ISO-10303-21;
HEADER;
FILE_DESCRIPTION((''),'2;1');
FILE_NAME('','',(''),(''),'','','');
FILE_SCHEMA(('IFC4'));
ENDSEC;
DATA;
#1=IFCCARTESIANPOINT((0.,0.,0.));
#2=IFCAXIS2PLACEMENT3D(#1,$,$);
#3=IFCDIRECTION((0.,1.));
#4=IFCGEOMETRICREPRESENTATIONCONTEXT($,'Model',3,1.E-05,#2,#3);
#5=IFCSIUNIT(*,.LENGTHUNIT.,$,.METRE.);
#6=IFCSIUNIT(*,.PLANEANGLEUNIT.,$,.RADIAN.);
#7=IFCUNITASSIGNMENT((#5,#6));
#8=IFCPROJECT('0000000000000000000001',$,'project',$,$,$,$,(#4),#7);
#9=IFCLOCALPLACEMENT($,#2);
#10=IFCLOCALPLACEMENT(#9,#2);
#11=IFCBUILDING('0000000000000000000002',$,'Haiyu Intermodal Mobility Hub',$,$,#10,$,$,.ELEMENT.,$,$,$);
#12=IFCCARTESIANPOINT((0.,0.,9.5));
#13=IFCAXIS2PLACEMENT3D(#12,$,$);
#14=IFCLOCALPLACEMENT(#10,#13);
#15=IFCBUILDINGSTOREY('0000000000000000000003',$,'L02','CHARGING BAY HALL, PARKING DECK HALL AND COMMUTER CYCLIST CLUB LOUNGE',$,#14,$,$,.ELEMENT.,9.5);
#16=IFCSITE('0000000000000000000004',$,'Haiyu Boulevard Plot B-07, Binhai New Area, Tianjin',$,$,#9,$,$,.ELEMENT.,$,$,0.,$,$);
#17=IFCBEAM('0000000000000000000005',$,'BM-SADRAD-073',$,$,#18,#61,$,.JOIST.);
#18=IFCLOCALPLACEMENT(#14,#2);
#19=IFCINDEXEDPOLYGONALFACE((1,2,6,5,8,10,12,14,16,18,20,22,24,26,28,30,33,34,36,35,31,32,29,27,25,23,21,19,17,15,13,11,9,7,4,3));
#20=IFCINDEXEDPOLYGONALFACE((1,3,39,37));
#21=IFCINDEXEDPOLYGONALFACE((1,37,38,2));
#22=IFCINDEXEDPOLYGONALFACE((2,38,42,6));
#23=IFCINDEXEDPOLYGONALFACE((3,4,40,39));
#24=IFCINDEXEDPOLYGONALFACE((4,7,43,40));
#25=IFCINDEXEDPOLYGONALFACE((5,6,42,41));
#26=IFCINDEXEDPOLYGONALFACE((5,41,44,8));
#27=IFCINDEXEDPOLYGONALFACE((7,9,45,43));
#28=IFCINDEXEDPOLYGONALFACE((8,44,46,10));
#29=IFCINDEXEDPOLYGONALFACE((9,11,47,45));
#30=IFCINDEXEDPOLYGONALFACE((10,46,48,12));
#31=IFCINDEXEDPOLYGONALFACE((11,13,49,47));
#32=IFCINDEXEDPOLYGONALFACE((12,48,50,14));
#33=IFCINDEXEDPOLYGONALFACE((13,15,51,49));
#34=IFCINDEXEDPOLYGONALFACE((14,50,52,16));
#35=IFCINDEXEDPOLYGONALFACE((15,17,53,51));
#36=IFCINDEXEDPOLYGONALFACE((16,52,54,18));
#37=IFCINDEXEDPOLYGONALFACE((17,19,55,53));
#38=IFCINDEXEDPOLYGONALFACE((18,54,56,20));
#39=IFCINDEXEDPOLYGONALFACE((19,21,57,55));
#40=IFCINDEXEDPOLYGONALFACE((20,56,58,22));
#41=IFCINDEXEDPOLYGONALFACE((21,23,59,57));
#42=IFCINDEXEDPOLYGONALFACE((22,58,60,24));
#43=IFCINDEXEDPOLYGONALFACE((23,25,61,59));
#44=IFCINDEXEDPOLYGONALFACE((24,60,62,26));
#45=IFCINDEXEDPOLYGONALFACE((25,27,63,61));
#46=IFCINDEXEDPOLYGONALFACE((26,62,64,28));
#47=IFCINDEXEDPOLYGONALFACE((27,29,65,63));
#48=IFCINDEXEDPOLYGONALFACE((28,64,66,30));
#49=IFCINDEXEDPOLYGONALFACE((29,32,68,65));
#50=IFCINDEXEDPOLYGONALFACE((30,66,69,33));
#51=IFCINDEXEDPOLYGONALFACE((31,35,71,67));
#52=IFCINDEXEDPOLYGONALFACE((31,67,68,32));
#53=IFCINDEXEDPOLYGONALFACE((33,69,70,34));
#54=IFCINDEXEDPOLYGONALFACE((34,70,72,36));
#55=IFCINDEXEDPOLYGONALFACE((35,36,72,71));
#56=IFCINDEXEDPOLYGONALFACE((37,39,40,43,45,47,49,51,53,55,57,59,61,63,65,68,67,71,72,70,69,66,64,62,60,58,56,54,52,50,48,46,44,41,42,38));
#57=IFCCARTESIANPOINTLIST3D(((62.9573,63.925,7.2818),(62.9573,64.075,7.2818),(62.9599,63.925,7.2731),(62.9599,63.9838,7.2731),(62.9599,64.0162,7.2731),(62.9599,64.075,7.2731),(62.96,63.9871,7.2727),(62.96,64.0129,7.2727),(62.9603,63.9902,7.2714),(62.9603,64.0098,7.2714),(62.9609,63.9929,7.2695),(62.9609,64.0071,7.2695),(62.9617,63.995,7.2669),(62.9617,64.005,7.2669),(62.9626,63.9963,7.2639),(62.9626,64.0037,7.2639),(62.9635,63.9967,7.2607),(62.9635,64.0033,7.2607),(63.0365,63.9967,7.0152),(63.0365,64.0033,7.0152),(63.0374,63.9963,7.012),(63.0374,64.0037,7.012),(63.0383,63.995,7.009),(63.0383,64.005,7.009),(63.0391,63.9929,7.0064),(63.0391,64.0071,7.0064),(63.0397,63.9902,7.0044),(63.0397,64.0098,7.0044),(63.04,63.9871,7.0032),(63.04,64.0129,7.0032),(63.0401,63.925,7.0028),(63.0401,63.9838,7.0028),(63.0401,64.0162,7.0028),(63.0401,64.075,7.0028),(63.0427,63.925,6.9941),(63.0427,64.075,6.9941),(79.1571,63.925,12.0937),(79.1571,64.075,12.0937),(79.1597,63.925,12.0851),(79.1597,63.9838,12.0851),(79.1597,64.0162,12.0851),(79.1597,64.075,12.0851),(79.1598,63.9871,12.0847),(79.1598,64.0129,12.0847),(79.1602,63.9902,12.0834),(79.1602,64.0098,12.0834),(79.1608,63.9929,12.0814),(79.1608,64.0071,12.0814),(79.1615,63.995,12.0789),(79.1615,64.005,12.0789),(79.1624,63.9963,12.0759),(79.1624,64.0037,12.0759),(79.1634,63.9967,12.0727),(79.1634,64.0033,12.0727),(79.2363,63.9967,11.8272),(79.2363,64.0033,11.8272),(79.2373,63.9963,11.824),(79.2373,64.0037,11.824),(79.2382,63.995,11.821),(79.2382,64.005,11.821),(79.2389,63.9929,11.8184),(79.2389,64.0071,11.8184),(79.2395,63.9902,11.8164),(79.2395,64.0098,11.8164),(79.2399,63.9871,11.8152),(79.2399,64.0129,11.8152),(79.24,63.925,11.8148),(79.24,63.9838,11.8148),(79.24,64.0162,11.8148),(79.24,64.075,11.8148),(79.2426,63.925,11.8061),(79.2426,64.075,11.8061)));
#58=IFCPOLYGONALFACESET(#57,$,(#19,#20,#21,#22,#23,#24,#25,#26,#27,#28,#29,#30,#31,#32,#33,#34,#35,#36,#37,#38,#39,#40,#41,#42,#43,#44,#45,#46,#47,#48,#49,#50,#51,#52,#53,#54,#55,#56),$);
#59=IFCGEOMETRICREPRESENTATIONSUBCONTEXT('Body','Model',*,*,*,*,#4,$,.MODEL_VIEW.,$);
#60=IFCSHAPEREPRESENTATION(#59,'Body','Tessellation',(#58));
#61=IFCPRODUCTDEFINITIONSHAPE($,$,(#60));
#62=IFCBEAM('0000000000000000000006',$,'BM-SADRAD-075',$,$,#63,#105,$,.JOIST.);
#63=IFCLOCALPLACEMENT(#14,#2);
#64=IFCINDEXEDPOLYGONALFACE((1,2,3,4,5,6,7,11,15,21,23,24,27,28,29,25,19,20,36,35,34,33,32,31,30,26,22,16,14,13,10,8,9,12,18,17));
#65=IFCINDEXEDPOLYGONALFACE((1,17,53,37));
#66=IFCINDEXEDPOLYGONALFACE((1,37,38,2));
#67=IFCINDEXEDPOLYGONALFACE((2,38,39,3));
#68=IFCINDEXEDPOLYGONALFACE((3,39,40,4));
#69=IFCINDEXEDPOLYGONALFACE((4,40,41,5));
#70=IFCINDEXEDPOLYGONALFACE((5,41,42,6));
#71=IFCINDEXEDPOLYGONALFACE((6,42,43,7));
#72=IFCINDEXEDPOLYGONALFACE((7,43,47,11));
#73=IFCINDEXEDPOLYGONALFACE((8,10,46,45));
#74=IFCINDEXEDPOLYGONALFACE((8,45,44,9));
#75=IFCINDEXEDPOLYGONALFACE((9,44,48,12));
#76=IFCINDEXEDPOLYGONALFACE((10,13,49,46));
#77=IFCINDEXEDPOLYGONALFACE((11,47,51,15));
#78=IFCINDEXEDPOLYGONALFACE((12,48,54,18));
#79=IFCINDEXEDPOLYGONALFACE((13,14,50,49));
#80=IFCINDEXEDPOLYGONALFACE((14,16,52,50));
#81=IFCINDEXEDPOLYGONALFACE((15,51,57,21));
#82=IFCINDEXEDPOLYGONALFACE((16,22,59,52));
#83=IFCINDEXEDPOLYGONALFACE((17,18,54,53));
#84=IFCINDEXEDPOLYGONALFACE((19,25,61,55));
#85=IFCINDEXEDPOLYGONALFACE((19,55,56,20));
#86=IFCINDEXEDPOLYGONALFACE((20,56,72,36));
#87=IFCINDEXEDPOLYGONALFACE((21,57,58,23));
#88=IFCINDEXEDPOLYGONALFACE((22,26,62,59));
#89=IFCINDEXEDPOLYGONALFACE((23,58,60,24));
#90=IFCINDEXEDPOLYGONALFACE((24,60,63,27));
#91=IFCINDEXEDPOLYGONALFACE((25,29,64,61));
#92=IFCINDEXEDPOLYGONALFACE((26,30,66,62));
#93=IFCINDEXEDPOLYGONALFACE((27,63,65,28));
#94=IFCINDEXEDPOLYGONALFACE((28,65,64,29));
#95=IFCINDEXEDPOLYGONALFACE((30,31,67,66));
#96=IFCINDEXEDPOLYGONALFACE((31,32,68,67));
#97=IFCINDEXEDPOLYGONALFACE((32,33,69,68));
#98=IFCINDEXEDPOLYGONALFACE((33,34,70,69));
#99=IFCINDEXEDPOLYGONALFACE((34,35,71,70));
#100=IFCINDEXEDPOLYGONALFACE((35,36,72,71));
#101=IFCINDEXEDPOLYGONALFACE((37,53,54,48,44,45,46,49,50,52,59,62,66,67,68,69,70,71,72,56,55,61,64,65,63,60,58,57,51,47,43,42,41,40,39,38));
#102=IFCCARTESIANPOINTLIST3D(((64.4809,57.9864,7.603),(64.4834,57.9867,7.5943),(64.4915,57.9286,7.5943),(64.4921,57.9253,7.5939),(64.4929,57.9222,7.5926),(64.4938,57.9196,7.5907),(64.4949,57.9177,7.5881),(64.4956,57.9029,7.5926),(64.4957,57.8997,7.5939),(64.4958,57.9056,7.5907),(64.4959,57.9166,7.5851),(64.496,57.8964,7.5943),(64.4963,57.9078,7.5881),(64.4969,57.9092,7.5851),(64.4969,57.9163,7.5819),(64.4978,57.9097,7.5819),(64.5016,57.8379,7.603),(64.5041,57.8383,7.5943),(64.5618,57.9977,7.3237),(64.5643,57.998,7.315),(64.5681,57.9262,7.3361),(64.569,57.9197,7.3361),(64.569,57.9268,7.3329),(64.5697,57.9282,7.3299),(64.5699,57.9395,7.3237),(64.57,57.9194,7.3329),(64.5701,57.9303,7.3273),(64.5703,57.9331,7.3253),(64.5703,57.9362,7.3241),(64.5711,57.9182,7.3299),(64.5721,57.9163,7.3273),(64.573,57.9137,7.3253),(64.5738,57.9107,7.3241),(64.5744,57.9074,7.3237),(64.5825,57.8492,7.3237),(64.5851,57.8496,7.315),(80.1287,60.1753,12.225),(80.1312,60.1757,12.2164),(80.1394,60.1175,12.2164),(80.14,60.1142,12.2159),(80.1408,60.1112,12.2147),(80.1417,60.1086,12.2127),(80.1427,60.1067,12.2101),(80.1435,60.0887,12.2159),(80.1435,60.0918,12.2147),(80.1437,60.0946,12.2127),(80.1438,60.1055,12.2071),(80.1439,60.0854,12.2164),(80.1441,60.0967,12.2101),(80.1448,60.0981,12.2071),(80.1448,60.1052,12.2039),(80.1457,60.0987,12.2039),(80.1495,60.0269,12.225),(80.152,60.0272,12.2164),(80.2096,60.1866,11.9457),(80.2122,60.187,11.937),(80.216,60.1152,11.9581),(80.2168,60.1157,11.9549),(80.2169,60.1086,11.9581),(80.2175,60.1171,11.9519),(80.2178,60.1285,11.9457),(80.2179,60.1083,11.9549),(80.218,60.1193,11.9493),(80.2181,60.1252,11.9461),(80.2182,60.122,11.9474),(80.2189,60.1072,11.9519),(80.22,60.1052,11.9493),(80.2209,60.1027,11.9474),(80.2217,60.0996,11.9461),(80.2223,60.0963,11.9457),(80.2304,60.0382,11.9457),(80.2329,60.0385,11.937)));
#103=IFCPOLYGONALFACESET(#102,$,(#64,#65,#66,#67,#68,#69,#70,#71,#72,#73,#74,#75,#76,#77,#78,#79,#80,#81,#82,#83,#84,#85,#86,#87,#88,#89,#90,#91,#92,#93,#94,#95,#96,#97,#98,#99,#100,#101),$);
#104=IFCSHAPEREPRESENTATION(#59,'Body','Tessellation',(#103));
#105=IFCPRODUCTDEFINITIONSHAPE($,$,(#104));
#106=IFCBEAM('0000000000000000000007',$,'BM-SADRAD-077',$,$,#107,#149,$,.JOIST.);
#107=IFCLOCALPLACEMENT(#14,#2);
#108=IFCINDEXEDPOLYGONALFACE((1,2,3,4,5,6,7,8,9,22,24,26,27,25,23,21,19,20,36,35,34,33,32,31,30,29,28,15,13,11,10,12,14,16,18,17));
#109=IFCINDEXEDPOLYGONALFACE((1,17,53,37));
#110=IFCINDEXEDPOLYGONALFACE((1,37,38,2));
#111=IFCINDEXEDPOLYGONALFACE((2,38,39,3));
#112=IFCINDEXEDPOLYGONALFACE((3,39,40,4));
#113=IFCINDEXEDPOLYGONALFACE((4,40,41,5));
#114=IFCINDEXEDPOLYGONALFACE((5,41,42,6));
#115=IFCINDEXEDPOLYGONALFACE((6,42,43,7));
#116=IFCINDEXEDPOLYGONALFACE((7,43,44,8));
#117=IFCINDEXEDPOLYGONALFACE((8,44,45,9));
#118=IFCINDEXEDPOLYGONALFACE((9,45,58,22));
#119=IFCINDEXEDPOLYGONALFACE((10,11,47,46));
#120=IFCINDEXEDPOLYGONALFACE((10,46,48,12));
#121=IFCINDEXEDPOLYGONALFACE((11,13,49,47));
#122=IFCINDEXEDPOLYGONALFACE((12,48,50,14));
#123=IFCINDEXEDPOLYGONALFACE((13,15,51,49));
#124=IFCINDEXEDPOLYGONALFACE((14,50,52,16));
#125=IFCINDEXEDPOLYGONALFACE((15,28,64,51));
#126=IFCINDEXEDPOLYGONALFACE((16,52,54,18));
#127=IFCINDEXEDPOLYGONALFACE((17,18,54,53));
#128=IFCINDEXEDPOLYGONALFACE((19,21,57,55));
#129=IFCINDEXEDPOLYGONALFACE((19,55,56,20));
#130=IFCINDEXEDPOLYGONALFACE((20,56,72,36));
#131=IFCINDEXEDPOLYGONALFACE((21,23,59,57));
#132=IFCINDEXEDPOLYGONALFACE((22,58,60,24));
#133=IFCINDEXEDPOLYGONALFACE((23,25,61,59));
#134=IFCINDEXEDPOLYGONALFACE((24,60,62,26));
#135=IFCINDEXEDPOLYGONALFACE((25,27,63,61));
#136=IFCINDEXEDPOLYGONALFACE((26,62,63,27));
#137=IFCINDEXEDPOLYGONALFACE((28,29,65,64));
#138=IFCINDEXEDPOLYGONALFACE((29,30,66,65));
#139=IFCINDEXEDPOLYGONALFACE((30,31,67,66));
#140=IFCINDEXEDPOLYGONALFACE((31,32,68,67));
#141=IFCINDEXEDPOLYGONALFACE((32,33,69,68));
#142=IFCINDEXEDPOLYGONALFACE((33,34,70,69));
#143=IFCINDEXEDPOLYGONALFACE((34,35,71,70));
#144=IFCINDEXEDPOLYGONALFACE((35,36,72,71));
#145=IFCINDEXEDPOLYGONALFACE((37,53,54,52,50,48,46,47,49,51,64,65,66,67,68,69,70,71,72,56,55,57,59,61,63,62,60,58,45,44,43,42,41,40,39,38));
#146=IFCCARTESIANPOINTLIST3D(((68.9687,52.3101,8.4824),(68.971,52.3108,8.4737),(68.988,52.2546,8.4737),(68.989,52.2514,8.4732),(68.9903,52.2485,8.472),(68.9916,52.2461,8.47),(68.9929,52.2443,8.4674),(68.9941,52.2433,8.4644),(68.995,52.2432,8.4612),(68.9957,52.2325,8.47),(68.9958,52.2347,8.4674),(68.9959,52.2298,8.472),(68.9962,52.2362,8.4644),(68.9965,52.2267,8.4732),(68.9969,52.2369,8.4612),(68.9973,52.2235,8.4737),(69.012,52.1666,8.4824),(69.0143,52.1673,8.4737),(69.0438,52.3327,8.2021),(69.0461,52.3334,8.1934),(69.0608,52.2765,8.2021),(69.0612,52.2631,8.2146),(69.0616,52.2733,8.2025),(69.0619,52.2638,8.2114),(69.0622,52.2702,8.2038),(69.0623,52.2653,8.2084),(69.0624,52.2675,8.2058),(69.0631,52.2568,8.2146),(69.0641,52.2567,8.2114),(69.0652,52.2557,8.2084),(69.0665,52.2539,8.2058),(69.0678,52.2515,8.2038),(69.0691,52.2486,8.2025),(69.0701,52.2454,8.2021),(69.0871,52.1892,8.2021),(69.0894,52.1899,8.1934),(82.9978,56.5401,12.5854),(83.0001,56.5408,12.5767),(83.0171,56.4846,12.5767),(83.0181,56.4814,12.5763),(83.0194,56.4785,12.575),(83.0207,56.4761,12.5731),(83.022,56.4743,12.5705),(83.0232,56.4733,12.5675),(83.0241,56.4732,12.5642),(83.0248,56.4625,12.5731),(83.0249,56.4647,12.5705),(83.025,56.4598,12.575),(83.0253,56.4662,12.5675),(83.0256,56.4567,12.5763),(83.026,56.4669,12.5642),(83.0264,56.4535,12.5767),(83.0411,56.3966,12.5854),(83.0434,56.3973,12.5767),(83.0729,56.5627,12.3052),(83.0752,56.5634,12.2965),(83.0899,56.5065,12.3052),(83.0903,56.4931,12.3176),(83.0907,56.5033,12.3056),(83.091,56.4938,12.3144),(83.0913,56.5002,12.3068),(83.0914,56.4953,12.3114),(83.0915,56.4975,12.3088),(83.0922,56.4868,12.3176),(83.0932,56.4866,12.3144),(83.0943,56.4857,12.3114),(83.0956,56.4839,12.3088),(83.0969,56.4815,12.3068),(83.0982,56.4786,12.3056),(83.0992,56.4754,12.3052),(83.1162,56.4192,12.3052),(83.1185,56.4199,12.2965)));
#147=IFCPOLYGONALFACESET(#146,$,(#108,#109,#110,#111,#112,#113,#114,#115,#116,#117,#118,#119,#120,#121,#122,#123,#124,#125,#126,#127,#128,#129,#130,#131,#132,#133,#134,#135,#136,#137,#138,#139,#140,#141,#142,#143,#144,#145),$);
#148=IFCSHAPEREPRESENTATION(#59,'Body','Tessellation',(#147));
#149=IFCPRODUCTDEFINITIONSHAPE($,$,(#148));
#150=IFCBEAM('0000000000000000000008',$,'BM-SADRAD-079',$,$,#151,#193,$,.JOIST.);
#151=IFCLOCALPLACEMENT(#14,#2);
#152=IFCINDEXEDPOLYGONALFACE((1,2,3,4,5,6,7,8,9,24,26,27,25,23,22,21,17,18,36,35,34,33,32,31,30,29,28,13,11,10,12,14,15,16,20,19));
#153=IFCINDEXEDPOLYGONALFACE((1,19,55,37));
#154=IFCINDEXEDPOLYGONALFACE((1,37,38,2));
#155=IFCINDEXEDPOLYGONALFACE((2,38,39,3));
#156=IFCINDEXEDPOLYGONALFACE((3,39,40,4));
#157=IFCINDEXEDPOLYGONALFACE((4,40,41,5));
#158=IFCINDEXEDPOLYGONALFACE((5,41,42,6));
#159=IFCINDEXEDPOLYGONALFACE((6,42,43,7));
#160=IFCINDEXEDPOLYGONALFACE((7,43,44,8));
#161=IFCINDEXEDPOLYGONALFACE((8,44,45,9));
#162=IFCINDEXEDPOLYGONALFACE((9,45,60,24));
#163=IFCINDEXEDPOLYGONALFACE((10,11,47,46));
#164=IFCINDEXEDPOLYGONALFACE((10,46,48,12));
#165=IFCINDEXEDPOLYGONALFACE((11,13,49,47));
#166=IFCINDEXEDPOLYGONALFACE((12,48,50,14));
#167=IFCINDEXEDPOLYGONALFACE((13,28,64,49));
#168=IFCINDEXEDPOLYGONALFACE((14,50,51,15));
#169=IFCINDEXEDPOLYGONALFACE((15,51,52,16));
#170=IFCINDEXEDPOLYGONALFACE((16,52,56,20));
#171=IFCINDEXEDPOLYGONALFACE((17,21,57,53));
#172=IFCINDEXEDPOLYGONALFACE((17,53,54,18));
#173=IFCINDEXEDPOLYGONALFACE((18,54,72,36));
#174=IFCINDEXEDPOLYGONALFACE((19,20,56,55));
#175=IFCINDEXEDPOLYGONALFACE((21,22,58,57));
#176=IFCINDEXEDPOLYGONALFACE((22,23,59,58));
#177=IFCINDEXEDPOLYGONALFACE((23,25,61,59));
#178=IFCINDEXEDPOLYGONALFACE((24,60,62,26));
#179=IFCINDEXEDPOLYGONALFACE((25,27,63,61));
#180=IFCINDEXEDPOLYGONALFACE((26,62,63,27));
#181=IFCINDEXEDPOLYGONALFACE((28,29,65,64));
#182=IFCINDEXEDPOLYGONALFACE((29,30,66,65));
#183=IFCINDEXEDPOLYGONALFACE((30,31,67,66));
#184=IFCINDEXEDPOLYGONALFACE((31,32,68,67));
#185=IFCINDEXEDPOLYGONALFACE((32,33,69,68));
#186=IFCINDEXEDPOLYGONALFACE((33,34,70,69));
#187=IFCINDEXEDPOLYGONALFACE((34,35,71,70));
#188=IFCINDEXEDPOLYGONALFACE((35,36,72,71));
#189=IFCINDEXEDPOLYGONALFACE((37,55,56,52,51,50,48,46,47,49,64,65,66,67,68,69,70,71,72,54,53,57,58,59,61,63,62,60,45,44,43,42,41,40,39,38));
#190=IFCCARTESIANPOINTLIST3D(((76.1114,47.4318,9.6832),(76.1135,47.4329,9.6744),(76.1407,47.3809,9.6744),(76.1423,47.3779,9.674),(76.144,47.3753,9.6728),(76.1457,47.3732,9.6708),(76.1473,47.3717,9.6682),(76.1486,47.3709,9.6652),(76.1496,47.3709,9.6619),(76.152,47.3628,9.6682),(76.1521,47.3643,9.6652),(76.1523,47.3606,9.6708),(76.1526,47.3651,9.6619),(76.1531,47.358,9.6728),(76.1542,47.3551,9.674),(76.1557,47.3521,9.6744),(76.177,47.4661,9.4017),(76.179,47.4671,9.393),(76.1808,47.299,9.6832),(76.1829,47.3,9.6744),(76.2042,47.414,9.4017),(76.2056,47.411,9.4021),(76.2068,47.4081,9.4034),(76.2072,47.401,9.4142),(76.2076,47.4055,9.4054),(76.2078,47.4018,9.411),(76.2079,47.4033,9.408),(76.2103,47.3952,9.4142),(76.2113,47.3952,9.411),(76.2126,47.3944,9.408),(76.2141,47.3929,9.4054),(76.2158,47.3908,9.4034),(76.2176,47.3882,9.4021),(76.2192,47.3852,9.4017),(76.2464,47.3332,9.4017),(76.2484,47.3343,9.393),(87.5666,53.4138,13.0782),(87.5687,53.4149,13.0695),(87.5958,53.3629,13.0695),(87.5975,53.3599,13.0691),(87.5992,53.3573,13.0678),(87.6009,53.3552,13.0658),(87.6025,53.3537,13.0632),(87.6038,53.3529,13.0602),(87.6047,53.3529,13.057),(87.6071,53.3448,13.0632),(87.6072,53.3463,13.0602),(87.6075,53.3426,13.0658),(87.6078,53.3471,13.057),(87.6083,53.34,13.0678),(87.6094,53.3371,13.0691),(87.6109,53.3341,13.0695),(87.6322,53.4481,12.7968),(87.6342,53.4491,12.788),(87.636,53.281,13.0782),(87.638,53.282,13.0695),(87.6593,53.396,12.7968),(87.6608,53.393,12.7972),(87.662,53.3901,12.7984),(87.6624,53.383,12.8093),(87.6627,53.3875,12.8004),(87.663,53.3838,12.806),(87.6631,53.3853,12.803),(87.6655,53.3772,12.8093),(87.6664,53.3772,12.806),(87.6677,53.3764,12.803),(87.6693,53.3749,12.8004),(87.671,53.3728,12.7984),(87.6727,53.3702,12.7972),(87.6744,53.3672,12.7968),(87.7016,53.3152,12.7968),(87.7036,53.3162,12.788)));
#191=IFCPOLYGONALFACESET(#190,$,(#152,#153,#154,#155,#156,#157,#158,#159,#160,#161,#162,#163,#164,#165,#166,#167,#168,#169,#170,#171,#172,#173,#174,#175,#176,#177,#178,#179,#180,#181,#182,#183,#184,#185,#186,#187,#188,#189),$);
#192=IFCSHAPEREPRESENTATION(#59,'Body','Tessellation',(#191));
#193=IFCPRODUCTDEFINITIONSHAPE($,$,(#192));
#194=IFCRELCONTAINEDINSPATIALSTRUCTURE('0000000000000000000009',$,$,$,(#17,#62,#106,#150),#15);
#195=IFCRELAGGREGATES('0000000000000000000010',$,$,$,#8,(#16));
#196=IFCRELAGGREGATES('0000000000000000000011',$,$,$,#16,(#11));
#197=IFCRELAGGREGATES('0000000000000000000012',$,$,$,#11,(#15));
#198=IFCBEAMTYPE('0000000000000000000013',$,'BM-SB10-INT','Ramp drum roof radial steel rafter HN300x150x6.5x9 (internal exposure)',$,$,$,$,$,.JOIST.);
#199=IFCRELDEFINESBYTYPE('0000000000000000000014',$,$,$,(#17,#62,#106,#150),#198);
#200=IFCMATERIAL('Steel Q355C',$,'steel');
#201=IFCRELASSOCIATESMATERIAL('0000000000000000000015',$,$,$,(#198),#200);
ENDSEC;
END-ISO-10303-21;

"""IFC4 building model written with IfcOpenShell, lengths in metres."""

from ifc_helpers import new_model, si_unit, direction, frame, origin, origin_2d, place, context, subcontext, project, spatial, i_section, extrude, material, material_profile, profile_set, type_object, element, save


model = new_model("IFC4")

# Units and contexts
model_context = context("Model", 3, precision=1e-05, world=origin(), true_north=direction((0.0, 1.0)))
body_context = subcontext(model_context, "Body", "Model", "MODEL_VIEW")
ifc_project = project(units=[si_unit("LENGTHUNIT", "METRE"), si_unit("PLANEANGLEUNIT", "RADIAN")], contexts=[model_context])

# Site, building, storey
site_placement = place(None, origin())
site = spatial("IfcSite", under=ifc_project, at=site_placement, Name="Haiyu Boulevard Plot B-07, Binhai New Area, Tianjin", CompositionType="ELEMENT", RefElevation=0.0)
building_placement = place(site_placement, origin())
building = spatial("IfcBuilding", under=site, at=building_placement, Name="Haiyu Intermodal Mobility Hub", CompositionType="ELEMENT")
storey_placement = place(building_placement, frame((0.0, 0.0, 9.5)))
storey = spatial("IfcBuildingStorey", under=building, at=storey_placement, Name="L02", Description="CHARGING BAY HALL, PARKING DECK HALL AND COMMUTER CYCLIST CLUB LOUNGE", CompositionType="ELEMENT", Elevation=9.5)

# Shared definitions
ifc_material_1 = material(Name="Steel Q355C", Category="steel")

# Beams
ifc_material_profile_1 = material_profile(ifc_material_1, i_section(OverallWidth=0.1499, OverallDepth=0.3, WebThickness=0.0066, FlangeThickness=0.009, FilletRadius=0.0129, at=origin_2d()), Name="HN300x150x6.5x9")
ifc_profile_set_1 = profile_set([ifc_material_profile_1], Name="Steel Q355C")
beam_type_1 = type_object("IfcBeamType", Name="BM-SB10-INT", Description="Ramp drum roof radial steel rafter HN300x150x6.5x9 (internal exposure)", PredefinedType="JOIST", material=ifc_profile_set_1)
beam_1_placement = place(storey_placement, frame((63.0, 64.0, 7.1379), z_axis=(0.958604, 0.0, 0.284742), x_axis=(0.0, 1.0, 0.0)))
element("IfcBeam", 1, at=beam_1_placement, inside=storey, type_object=beam_type_1, Name="BM-SADRAD-073", PredefinedType="JOIST", context=body_context, shape_type="SweptSolid", body=[
    extrude(i_section(OverallWidth=0.1499, OverallDepth=0.3, WebThickness=0.0066, FlangeThickness=0.009, FilletRadius=0.0129, at=origin_2d()), origin(), (0.0, 0.0, 1.0), 16.8994),
])
beam_2_placement = place(storey_placement, frame((64.533, 57.918, 7.459), z_axis=(0.950522, 0.132967, 0.280764), x_axis=(-0.138539, 0.990357, 0.0)))
element("IfcBeam", 2, at=beam_2_placement, inside=storey, type_object=beam_type_1, Name="BM-SADRAD-075", PredefinedType="JOIST", context=body_context, shape_type="SweptSolid", body=[
    extrude(i_section(OverallWidth=0.1499, OverallDepth=0.3, WebThickness=0.0066, FlangeThickness=0.009, FilletRadius=0.0129, at=origin_2d()), origin(), (0.0, 0.0, 1.0), 16.4624),
])
beam_3_placement = place(storey_placement, frame((69.0291, 52.25, 8.3379), z_axis=(0.921963, 0.277986, 0.269643), x_axis=(-0.288679, 0.957426, 0.0)))
element("IfcBeam", 3, at=beam_3_placement, inside=storey, type_object=beam_type_1, Name="BM-SADRAD-077", PredefinedType="JOIST", context=body_context, shape_type="SweptSolid", body=[
    extrude(i_section(OverallWidth=0.1499, OverallDepth=0.3, WebThickness=0.0066, FlangeThickness=0.009, FilletRadius=0.0129, at=origin_2d()), origin(), (0.0, 0.0, 1.0), 15.2166),
])
beam_4_placement = place(storey_placement, frame((76.1799, 47.3831, 9.5381), z_axis=(0.857323, 0.447701, 0.254091), x_axis=(-0.462893, 0.886414, 0.0)))
element("IfcBeam", 4, at=beam_4_placement, inside=storey, type_object=beam_type_1, Name="BM-SADRAD-079", PredefinedType="JOIST", context=body_context, shape_type="SweptSolid", body=[
    extrude(i_section(OverallWidth=0.1499, OverallDepth=0.3, WebThickness=0.0066, FlangeThickness=0.009, FilletRadius=0.0129, at=origin_2d()), origin(), (0.0, 0.0, 1.0), 13.3616),
])

save(model, "model.ifc")
